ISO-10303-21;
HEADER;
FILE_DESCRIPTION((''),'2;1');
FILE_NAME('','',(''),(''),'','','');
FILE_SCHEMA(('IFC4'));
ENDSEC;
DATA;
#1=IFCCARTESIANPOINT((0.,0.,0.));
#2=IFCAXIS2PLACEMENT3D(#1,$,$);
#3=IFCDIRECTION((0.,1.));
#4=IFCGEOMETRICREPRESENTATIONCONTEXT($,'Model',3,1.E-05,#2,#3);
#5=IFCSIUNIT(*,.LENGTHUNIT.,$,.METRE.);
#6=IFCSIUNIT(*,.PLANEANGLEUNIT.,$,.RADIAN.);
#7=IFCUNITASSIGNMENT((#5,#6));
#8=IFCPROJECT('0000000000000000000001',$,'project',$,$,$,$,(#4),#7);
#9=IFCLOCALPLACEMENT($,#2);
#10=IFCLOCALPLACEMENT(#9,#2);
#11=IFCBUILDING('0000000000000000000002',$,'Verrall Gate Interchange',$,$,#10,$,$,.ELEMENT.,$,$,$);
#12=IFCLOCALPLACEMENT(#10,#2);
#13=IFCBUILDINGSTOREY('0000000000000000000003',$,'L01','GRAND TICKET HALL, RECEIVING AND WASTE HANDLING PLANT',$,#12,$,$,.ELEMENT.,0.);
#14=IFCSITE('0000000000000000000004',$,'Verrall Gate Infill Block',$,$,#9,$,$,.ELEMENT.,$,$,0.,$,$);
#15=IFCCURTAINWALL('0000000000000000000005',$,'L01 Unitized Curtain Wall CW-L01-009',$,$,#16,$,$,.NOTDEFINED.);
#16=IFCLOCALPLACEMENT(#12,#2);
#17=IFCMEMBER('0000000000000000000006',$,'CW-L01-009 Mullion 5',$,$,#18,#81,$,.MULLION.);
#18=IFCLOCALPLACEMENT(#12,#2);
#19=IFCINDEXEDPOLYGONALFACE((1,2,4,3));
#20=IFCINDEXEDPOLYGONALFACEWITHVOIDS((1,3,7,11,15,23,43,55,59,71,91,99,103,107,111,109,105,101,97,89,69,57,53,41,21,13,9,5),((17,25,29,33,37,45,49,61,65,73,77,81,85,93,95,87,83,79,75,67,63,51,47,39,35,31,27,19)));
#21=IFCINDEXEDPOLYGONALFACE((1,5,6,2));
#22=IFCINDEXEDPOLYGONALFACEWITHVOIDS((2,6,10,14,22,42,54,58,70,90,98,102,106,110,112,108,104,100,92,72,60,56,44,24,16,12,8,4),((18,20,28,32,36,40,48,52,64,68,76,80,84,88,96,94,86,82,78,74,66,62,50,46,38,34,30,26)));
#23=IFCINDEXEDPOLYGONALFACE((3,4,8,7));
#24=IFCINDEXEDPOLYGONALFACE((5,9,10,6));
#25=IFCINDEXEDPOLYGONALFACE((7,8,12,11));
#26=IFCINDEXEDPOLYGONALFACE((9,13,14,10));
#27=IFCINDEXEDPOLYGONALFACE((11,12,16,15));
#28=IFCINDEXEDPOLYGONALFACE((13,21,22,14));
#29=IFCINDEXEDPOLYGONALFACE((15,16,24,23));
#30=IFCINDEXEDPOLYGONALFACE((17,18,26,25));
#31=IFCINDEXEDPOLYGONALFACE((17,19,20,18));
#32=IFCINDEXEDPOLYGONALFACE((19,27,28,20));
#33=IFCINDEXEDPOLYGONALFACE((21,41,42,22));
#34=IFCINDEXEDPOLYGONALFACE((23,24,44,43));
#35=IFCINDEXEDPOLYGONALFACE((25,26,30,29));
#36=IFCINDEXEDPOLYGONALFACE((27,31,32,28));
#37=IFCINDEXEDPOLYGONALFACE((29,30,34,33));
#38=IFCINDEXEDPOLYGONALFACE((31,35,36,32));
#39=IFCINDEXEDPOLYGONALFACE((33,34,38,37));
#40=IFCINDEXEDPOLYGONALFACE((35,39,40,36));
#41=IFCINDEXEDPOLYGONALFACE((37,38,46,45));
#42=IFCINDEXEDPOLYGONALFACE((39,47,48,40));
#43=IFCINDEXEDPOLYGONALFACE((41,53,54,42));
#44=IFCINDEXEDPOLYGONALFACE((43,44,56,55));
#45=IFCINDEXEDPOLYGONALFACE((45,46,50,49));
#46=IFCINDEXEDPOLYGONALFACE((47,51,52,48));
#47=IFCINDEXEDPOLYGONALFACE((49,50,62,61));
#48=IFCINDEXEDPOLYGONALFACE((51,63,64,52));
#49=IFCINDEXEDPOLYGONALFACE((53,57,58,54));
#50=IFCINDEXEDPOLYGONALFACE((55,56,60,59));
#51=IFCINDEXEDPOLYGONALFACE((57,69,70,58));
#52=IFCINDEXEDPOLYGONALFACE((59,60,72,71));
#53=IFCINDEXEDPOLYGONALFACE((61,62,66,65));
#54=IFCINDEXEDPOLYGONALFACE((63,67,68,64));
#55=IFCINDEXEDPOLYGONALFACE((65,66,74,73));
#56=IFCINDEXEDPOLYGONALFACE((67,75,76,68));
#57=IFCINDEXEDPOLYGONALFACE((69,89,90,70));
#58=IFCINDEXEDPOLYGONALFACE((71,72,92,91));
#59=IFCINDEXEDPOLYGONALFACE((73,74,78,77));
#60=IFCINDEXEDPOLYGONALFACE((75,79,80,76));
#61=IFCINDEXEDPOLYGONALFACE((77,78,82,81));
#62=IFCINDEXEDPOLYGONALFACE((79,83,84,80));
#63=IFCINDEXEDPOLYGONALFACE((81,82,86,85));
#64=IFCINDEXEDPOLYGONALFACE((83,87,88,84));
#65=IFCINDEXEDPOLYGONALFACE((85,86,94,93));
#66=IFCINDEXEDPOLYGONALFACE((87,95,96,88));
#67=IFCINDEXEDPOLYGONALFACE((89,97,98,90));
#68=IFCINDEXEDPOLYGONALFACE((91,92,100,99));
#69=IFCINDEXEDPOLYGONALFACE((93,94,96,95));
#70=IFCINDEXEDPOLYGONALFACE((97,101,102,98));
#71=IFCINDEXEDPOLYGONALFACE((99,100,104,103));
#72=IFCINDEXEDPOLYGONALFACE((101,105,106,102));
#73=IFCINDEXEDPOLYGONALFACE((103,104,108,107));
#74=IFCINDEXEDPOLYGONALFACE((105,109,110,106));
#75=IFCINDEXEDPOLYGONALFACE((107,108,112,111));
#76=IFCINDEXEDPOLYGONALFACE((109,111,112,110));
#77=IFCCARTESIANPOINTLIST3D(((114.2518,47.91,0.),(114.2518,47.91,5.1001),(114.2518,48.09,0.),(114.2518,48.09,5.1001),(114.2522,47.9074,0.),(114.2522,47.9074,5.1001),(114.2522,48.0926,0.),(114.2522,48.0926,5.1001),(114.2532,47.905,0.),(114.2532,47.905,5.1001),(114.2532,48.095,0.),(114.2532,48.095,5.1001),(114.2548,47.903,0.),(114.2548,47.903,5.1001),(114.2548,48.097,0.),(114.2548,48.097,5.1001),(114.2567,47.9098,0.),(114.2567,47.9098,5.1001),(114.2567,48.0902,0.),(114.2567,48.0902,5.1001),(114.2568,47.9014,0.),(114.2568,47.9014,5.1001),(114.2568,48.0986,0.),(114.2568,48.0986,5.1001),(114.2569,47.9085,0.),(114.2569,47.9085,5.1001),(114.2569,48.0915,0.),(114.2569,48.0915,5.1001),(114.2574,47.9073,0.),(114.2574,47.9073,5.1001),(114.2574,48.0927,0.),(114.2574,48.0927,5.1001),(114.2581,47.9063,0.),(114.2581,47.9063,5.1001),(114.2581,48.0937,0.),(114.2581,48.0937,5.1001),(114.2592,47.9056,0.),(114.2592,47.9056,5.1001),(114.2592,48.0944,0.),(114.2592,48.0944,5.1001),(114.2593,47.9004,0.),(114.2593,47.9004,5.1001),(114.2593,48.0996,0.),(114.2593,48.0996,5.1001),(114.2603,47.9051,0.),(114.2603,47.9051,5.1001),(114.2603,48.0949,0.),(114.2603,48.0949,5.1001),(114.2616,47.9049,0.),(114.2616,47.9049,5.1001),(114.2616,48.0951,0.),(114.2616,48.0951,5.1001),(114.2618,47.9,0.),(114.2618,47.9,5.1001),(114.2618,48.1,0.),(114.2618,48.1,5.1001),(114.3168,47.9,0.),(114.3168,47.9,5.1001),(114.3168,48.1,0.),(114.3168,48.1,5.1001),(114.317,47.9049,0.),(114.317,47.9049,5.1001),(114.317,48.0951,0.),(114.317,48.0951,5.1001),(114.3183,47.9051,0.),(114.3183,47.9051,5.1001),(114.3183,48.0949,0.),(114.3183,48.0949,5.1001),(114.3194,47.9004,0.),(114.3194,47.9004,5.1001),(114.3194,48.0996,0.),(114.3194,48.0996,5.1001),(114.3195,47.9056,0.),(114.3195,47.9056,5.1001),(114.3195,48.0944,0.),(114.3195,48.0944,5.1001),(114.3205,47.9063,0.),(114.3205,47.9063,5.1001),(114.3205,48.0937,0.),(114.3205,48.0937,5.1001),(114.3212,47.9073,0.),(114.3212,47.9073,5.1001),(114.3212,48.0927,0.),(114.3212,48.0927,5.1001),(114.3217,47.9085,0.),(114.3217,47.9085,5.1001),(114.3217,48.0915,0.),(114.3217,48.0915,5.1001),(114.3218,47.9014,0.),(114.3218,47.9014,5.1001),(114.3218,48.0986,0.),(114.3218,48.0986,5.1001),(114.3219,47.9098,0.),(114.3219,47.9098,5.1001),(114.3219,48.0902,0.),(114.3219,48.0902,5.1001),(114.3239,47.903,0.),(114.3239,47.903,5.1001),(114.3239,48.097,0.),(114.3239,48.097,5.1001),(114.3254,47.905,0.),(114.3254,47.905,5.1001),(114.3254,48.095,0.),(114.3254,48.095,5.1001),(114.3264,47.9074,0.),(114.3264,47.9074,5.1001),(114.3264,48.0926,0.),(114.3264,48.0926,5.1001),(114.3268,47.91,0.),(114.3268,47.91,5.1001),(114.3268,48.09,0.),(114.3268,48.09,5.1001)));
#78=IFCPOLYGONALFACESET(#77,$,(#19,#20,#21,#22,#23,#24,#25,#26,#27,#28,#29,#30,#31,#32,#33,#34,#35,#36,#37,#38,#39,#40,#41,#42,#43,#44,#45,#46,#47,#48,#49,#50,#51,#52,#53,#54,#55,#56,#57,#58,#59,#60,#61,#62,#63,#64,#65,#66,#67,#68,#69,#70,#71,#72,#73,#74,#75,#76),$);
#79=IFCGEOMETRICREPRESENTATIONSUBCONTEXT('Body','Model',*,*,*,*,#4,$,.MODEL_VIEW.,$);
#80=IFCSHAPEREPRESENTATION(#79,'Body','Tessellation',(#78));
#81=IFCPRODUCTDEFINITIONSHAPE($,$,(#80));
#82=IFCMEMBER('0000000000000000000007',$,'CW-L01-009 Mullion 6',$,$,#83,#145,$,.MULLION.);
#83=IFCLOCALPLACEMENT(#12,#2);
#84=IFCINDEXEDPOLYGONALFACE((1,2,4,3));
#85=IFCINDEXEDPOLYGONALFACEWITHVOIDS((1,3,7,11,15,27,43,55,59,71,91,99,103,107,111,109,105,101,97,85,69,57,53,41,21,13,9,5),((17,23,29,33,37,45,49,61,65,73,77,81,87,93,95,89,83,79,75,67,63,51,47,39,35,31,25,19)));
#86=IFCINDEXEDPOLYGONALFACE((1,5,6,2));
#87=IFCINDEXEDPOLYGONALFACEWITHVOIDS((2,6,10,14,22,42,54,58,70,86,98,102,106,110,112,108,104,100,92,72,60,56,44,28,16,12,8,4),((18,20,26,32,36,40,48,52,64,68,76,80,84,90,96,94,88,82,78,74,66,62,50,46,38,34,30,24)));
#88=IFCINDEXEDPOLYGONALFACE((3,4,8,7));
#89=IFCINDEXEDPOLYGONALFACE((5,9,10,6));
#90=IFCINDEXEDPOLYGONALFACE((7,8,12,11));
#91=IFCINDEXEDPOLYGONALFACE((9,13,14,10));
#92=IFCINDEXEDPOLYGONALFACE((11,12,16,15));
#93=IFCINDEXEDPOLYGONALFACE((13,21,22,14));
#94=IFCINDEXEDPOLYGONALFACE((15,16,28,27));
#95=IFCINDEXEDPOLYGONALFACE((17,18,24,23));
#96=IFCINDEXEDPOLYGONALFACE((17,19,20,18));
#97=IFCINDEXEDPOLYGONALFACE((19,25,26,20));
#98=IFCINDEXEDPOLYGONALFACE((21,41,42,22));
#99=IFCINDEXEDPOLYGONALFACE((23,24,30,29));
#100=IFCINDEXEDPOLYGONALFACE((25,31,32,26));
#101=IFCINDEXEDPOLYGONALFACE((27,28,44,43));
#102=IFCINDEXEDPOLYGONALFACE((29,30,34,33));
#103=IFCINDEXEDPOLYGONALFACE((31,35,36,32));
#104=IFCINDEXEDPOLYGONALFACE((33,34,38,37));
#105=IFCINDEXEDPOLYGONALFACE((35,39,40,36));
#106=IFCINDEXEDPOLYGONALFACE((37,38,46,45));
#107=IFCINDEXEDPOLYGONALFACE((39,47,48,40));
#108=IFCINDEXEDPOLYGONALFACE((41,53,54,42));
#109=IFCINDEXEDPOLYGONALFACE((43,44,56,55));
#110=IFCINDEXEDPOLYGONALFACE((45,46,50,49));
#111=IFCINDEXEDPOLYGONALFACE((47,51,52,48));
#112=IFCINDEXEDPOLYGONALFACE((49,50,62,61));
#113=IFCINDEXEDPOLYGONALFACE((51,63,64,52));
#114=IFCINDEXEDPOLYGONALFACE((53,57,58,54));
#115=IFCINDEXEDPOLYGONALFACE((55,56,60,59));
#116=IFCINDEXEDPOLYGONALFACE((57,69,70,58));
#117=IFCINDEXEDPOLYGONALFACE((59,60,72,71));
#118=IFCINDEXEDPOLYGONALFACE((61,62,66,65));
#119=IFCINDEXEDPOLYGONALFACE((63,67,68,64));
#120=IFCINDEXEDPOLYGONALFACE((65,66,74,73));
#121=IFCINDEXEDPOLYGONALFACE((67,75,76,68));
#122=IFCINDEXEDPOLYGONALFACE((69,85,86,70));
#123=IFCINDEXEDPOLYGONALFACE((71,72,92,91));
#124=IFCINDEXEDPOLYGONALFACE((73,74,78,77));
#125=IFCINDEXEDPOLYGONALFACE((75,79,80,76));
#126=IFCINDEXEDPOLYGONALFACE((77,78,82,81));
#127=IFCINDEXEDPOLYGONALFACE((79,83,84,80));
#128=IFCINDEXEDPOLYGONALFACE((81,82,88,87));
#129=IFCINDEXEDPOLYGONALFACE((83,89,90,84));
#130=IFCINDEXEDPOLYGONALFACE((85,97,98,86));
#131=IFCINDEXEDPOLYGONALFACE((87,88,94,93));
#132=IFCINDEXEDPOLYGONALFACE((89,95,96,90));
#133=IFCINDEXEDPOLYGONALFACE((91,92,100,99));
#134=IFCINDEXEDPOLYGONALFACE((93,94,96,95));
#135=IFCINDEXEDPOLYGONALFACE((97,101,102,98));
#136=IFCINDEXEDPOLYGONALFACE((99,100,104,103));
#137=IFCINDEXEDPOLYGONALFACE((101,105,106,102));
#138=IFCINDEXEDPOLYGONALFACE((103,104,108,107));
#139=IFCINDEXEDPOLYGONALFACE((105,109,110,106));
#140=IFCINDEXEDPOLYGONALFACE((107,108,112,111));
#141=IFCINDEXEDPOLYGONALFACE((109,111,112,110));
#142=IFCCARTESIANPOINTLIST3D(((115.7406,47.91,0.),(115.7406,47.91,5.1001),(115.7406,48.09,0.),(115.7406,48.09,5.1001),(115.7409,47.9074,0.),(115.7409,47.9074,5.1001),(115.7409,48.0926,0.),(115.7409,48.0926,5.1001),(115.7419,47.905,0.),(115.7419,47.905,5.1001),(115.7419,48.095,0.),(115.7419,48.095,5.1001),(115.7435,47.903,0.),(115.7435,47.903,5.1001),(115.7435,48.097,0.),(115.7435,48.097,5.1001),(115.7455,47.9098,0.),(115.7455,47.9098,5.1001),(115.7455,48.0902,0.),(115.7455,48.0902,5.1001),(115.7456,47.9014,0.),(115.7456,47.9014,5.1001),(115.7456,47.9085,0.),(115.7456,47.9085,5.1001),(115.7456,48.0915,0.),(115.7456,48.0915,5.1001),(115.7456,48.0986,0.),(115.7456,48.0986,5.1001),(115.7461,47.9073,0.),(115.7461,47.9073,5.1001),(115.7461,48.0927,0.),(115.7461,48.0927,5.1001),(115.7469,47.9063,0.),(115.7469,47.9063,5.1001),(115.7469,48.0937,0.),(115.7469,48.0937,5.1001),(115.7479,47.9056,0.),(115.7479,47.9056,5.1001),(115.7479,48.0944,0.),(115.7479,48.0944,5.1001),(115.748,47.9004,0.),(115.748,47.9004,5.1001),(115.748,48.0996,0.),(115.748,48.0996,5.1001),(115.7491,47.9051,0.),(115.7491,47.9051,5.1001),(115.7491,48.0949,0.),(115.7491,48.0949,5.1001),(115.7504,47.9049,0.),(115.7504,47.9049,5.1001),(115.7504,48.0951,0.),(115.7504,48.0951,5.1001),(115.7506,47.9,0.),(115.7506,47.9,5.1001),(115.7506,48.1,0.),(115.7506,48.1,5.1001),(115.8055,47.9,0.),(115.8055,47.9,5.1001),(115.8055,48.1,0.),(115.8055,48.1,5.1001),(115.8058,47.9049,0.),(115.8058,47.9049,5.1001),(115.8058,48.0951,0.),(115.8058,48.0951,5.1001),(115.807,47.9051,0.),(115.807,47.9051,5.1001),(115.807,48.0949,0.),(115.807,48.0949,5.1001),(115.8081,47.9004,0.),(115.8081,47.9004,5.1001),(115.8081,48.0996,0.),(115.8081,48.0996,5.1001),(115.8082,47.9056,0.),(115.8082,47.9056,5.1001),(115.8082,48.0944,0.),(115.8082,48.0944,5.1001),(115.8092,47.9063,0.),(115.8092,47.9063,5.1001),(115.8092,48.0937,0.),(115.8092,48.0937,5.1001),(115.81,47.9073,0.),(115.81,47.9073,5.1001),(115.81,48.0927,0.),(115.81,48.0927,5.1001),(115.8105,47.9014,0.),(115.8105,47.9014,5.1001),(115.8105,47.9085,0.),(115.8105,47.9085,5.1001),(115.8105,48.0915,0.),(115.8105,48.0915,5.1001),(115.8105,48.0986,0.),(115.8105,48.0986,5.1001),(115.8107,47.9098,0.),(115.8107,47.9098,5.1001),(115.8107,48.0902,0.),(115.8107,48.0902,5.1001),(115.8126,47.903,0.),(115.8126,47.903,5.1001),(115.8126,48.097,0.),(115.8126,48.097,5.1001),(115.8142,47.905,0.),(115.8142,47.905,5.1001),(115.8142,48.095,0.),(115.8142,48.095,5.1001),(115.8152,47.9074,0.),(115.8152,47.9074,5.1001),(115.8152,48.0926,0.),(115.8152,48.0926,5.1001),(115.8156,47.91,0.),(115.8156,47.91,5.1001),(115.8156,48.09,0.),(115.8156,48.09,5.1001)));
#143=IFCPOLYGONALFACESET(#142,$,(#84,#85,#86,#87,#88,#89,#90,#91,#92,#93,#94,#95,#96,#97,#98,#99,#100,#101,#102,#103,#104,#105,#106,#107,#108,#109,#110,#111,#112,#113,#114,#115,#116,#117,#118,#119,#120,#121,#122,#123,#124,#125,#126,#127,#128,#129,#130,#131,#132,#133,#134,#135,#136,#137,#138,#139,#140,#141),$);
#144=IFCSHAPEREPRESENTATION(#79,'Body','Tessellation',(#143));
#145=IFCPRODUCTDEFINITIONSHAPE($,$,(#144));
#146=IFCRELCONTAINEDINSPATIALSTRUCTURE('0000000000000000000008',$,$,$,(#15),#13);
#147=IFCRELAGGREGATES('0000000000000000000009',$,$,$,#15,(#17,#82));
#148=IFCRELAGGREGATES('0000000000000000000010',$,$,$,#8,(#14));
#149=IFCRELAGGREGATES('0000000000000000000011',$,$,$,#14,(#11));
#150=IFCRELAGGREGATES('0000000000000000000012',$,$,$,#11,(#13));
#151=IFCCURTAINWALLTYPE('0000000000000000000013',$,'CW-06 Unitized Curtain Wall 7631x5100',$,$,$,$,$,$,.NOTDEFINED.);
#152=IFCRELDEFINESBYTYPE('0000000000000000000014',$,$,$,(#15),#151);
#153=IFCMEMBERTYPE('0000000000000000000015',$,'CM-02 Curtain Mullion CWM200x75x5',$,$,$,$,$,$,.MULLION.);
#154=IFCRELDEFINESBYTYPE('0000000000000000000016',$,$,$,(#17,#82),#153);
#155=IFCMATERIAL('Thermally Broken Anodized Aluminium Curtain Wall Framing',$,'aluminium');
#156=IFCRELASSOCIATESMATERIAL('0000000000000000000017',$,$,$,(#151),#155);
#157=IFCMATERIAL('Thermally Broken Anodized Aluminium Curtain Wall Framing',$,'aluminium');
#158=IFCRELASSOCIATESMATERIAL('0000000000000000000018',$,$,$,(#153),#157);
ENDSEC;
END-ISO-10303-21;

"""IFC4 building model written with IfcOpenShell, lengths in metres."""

from ifc_helpers import new_model, si_unit, direction, frame, origin, origin_2d, place, context, subcontext, project, spatial, hollow_rectangle, extrude, material, material_profile, profile_set, type_object, element, aggregate, save


model = new_model("IFC4")

# Units and contexts
model_context = context("Model", 3, precision=1e-05, world=origin(), true_north=direction((0.0, 1.0)))
body_context = subcontext(model_context, "Body", "Model", "MODEL_VIEW")
ifc_project = project(units=[si_unit("LENGTHUNIT", "METRE"), si_unit("PLANEANGLEUNIT", "RADIAN")], contexts=[model_context])

# Site, building, storey
site_placement = place(None, origin())
site = spatial("IfcSite", under=ifc_project, at=site_placement, Name="Verrall Gate Infill Block", CompositionType="ELEMENT", RefElevation=0.0)
building_placement = place(site_placement, origin())
building = spatial("IfcBuilding", under=site, at=building_placement, Name="Verrall Gate Interchange", CompositionType="ELEMENT")
storey_placement = place(building_placement, origin())
storey = spatial("IfcBuildingStorey", under=building, at=storey_placement, Name="L01", Description="GRAND TICKET HALL, RECEIVING AND WASTE HANDLING PLANT", CompositionType="ELEMENT", Elevation=0.0)

# Curtain wall, members
ifc_material_1 = material(Name="Thermally Broken Anodized Aluminium Curtain Wall Framing", Category="aluminium")
curtain_wall_type = type_object("IfcCurtainWallType", Name="CW-06 Unitized Curtain Wall 7631x5100", PredefinedType="NOTDEFINED", material=ifc_material_1)
curtain_wall_1_placement = place(storey_placement, origin())
curtain_wall_1 = element("IfcCurtainWall", 1, at=curtain_wall_1_placement, inside=storey, type_object=curtain_wall_type, Name="L01 Unitized Curtain Wall CW-L01-009", PredefinedType="NOTDEFINED")
ifc_material_2 = material(Name="Thermally Broken Anodized Aluminium Curtain Wall Framing", Category="aluminium")
ifc_material_profile_1 = material_profile(ifc_material_2, hollow_rectangle(XDim=0.075, YDim=0.2, WallThickness=0.0049, InnerFilletRadius=0.0049, OuterFilletRadius=0.01, at=origin_2d()), Name="CWM200x75x5")
ifc_profile_set_1 = profile_set([ifc_material_profile_1], Name="Thermally Broken Anodized Aluminium Curtain Wall Framing")
member_type_1 = type_object("IfcMemberType", Name="CM-02 Curtain Mullion CWM200x75x5", PredefinedType="MULLION", material=ifc_profile_set_1)
member_1_placement = place(storey_placement, frame((114.2893, 48.0, 0.0), z_axis=(0.0, 0.0, 1.0), x_axis=(1.0, 0.0, 0.0)))
member_1 = element("IfcMember", 2, at=member_1_placement, type_object=member_type_1, Name="CW-L01-009 Mullion 5", PredefinedType="MULLION", context=body_context, shape_type="SweptSolid", body=[
    extrude(hollow_rectangle(XDim=0.075, YDim=0.2, WallThickness=0.0049, InnerFilletRadius=0.0049, OuterFilletRadius=0.01, at=origin_2d()), origin(), (0.0, 0.0, 1.0), 5.1001),
])
member_2_placement = place(storey_placement, frame((115.7781, 48.0, 0.0), z_axis=(0.0, 0.0, 1.0), x_axis=(1.0, 0.0, 0.0)))
member_2 = element("IfcMember", 3, at=member_2_placement, type_object=member_type_1, Name="CW-L01-009 Mullion 6", PredefinedType="MULLION", context=body_context, shape_type="SweptSolid", body=[
    extrude(hollow_rectangle(XDim=0.075, YDim=0.2, WallThickness=0.0049, InnerFilletRadius=0.0049, OuterFilletRadius=0.01, at=origin_2d()), origin(), (0.0, 0.0, 1.0), 5.1001),
])

aggregate(curtain_wall_1, [member_1, member_2])

save(model, "model.ifc")
